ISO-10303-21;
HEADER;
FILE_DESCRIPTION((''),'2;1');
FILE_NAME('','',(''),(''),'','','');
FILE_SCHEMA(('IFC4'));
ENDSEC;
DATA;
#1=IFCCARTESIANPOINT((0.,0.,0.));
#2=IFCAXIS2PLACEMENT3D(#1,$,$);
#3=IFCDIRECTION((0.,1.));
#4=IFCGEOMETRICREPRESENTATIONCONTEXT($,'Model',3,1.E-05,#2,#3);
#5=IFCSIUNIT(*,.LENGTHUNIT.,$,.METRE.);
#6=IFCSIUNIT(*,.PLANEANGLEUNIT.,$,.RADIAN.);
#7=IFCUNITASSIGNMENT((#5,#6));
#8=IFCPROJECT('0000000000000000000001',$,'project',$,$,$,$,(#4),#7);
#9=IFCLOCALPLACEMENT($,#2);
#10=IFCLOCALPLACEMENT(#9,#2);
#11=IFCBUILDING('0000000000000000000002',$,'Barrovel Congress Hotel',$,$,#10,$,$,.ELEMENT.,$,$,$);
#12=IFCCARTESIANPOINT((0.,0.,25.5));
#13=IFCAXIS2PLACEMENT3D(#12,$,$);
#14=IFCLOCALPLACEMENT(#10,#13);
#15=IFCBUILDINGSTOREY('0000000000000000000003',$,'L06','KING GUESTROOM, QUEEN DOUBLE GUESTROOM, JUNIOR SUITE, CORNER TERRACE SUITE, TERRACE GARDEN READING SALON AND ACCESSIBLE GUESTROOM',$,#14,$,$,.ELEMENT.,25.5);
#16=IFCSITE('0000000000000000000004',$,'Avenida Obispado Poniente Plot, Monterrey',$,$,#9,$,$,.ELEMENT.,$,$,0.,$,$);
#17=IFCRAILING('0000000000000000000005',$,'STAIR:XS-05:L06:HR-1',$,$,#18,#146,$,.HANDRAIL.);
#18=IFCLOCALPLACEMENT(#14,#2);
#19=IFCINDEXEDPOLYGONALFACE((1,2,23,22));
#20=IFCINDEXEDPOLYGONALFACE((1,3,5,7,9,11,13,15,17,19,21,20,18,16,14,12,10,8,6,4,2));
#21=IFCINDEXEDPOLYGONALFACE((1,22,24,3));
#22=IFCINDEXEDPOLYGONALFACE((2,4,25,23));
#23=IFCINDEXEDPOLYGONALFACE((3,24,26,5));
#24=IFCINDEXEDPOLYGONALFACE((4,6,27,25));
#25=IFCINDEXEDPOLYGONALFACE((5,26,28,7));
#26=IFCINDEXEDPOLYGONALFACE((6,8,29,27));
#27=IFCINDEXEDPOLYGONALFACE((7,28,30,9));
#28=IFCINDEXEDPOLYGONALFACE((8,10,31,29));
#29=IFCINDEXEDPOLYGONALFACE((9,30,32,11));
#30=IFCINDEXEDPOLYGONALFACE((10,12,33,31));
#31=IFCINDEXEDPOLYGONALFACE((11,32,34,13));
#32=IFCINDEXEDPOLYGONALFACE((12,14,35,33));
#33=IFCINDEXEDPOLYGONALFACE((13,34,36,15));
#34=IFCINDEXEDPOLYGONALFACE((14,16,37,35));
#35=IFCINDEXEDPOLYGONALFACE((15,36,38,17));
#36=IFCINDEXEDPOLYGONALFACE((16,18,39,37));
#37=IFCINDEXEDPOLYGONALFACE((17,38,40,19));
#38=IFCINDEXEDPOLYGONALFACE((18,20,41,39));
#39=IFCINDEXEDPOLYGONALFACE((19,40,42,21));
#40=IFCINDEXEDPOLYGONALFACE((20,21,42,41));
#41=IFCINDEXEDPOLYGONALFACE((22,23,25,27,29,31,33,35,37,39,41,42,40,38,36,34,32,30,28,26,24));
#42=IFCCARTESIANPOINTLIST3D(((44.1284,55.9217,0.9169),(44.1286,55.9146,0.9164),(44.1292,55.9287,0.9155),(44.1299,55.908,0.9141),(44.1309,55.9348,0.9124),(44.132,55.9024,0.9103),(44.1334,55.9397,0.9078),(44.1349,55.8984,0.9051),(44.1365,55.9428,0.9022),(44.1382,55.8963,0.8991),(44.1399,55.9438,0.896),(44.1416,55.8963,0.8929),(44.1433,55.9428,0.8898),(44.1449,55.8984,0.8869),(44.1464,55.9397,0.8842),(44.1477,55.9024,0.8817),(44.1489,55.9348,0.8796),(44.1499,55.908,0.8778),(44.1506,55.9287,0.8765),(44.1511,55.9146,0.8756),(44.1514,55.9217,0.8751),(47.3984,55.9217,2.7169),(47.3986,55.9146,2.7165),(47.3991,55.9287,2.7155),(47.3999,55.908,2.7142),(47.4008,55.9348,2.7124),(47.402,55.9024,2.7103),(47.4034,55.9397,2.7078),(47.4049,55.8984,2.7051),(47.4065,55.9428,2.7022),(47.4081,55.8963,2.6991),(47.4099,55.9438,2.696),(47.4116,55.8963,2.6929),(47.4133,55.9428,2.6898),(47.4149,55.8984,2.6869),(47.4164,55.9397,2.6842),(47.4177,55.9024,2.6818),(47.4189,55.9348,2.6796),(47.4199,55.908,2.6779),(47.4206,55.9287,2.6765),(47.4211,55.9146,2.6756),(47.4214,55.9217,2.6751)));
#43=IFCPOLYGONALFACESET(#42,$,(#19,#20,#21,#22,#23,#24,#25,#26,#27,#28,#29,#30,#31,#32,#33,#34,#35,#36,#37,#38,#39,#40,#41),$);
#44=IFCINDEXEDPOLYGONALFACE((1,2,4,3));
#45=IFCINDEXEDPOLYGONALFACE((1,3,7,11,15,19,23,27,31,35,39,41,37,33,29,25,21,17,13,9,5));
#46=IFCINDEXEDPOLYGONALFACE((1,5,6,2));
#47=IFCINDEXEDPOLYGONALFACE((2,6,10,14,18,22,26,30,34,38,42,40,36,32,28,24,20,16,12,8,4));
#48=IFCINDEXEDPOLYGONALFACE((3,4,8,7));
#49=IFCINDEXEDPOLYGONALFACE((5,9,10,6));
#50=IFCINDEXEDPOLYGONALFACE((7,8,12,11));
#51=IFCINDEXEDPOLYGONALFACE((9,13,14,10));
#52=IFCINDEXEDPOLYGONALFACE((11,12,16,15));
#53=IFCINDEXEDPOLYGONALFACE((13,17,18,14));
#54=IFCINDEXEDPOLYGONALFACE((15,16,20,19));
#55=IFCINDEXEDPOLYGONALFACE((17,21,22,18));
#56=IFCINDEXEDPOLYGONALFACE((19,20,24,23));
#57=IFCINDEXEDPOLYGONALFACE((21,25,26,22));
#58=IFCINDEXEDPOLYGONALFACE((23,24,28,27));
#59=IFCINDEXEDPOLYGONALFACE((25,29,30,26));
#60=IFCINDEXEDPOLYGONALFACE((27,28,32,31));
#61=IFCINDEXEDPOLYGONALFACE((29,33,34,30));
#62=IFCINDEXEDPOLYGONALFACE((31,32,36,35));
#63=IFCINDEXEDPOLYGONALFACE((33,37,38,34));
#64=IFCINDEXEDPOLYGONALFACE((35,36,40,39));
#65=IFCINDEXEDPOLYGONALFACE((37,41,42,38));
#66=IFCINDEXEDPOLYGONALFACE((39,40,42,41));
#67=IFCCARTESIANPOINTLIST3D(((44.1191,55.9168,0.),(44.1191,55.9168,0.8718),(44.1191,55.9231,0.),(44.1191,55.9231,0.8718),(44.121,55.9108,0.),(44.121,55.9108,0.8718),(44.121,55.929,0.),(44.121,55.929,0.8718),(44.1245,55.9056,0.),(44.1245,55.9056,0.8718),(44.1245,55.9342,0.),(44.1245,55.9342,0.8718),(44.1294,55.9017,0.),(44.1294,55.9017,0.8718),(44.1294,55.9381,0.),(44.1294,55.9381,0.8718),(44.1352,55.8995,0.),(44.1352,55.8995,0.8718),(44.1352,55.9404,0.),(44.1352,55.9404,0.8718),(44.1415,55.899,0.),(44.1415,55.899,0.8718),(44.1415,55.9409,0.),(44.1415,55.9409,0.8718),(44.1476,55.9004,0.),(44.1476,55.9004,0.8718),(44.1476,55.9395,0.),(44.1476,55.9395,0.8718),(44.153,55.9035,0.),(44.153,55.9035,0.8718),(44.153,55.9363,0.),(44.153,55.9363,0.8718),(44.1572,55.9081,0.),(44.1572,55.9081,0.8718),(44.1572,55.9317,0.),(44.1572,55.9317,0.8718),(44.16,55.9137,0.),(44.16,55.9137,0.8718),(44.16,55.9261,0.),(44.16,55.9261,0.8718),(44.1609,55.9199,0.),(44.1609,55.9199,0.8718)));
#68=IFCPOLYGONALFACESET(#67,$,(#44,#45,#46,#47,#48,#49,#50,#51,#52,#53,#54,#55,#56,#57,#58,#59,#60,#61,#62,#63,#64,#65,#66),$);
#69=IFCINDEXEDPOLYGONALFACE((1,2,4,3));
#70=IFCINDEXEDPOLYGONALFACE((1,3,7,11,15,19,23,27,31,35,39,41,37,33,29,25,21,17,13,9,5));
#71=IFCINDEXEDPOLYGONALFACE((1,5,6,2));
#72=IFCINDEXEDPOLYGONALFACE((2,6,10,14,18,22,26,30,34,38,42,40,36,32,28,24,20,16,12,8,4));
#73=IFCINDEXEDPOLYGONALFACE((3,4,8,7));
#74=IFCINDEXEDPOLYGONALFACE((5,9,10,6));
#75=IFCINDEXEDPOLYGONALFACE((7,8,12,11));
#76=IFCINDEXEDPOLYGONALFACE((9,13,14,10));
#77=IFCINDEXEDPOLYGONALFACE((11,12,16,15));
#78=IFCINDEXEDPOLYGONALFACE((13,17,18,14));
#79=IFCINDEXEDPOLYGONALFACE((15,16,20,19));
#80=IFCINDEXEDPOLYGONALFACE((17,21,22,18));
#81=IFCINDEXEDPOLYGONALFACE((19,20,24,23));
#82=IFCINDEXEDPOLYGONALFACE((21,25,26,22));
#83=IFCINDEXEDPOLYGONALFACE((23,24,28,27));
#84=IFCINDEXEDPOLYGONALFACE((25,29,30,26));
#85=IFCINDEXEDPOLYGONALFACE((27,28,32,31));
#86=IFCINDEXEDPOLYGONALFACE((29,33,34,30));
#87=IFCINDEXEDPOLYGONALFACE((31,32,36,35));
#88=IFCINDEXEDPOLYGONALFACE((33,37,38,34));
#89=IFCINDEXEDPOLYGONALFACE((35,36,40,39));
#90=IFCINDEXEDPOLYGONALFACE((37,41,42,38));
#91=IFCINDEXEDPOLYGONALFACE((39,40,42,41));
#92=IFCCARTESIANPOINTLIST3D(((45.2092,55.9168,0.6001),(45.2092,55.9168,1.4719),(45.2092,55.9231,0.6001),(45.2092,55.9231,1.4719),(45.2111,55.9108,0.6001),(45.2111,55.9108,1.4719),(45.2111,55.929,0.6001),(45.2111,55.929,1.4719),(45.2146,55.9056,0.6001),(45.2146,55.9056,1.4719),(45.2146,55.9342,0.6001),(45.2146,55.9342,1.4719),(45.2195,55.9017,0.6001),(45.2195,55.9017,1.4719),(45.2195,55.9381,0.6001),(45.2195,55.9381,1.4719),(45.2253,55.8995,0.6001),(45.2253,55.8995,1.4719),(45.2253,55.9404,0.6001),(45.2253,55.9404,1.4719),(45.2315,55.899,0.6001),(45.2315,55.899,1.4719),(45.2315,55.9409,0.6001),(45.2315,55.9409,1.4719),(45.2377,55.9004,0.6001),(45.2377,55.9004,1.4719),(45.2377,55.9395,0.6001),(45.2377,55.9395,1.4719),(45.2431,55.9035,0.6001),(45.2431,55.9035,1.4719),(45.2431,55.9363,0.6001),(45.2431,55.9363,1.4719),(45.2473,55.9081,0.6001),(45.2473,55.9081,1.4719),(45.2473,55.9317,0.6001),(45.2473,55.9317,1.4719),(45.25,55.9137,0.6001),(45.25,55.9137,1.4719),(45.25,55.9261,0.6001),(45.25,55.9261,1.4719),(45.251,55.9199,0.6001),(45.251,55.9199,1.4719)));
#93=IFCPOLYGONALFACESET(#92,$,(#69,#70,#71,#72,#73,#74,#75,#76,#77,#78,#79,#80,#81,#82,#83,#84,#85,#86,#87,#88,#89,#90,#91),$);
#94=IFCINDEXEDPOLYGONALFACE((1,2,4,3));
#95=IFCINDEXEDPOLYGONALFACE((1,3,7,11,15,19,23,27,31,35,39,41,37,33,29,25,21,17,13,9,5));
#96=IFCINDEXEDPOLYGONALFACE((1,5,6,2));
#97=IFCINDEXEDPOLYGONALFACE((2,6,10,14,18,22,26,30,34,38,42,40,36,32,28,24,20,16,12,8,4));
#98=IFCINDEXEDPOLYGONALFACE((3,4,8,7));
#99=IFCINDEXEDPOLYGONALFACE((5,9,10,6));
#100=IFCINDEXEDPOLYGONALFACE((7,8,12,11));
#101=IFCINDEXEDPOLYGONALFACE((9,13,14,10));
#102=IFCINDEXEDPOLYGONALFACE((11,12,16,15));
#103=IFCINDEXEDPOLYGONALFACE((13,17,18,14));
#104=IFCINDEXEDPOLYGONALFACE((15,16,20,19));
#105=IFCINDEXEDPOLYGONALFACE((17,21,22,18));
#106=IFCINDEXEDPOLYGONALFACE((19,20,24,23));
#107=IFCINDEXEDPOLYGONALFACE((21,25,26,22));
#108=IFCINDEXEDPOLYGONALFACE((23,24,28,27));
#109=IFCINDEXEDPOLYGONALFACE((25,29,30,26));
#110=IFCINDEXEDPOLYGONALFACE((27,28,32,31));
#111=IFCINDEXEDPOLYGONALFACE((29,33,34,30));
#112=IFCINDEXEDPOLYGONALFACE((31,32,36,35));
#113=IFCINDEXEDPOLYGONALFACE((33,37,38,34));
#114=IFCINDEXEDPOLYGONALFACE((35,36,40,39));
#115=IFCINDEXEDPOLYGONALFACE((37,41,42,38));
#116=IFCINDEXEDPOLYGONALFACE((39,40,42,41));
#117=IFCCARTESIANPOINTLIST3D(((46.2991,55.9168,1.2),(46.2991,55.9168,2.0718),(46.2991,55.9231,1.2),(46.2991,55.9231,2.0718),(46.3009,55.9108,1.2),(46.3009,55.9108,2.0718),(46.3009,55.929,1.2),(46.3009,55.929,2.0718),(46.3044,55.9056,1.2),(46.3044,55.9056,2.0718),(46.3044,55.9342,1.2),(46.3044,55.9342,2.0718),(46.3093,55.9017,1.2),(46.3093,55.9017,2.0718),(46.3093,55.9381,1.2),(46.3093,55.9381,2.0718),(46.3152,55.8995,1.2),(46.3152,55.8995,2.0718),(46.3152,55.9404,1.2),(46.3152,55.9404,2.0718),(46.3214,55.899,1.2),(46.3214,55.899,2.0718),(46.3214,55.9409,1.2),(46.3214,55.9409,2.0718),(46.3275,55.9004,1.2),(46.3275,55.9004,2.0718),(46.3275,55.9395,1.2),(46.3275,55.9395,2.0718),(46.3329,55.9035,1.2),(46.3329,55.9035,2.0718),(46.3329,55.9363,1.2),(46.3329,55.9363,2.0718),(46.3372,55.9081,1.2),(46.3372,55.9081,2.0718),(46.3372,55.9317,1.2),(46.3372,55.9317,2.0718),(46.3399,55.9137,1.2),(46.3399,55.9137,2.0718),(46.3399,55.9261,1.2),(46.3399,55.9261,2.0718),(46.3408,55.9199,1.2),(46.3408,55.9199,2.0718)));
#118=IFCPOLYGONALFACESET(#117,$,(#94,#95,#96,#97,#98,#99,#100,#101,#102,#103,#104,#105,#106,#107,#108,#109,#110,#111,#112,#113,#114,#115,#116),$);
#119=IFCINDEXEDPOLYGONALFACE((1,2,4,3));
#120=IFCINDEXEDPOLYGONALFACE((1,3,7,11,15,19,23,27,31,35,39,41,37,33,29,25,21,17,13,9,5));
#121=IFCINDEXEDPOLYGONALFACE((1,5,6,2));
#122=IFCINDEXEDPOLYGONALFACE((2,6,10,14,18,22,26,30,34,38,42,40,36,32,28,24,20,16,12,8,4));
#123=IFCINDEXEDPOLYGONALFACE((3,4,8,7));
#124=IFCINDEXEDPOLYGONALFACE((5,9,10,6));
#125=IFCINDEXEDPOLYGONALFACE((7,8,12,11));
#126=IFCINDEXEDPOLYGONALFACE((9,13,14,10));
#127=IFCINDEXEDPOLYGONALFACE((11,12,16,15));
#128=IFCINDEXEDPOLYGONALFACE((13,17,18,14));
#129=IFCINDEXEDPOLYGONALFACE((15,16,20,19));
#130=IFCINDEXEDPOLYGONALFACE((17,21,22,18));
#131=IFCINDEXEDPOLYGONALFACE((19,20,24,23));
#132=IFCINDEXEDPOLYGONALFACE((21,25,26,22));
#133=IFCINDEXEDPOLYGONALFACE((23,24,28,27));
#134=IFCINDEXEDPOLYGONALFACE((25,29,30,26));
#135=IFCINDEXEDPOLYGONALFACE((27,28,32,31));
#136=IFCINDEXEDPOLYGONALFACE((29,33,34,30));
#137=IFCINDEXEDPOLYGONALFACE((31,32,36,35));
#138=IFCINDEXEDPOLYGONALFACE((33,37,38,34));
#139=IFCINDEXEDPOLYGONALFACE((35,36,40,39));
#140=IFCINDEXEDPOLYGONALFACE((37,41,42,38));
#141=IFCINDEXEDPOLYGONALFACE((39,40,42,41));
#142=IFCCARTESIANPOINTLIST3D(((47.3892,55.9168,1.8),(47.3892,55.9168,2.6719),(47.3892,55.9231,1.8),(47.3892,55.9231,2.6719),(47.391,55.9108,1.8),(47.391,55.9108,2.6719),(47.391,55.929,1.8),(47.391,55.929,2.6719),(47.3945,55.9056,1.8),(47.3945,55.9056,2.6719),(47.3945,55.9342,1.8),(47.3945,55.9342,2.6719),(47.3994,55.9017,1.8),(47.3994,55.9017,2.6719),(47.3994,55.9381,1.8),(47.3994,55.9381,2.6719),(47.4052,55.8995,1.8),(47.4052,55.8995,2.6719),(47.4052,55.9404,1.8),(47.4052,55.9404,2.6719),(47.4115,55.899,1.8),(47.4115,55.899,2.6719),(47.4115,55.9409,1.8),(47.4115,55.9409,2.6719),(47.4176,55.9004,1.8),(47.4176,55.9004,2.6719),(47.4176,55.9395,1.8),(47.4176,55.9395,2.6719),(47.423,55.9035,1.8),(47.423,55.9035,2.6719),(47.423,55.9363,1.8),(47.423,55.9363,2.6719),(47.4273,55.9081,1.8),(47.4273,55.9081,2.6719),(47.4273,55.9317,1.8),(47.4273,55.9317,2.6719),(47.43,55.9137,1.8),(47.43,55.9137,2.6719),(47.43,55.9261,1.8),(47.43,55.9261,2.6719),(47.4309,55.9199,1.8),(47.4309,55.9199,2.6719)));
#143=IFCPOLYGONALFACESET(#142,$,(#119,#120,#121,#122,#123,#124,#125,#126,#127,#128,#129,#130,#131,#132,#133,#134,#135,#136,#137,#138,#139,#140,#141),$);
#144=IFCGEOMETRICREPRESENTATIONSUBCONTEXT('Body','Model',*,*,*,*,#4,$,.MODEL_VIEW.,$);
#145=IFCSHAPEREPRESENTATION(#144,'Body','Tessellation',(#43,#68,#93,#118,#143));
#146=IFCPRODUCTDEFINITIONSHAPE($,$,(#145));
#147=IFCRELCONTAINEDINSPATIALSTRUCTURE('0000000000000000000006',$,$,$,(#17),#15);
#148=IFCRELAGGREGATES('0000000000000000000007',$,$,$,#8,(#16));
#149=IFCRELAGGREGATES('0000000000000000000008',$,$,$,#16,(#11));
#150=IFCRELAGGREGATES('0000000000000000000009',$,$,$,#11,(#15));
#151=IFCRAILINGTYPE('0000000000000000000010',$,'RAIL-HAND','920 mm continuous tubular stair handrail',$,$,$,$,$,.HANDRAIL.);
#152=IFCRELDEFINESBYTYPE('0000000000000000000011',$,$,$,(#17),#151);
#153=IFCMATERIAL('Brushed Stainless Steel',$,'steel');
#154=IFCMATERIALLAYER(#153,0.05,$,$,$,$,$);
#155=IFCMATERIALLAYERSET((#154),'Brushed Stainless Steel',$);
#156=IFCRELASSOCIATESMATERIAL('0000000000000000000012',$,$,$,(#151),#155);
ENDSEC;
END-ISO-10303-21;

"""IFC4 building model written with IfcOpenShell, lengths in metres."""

from ifc_helpers import new_model, si_unit, direction, frame, origin, origin_2d, place, context, subcontext, project, spatial, circle, extrude, material, layer, layer_set, type_object, element, save


model = new_model("IFC4")

# Units and contexts
model_context = context("Model", 3, precision=1e-05, world=origin(), true_north=direction((0.0, 1.0)))
body_context = subcontext(model_context, "Body", "Model", "MODEL_VIEW")
ifc_project = project(units=[si_unit("LENGTHUNIT", "METRE"), si_unit("PLANEANGLEUNIT", "RADIAN")], contexts=[model_context])

# Site, building, storey
site_placement = place(None, origin())
site = spatial("IfcSite", under=ifc_project, at=site_placement, Name="Avenida Obispado Poniente Plot, Monterrey", CompositionType="ELEMENT", RefElevation=0.0)
building_placement = place(site_placement, origin())
building = spatial("IfcBuilding", under=site, at=building_placement, Name="Barrovel Congress Hotel", CompositionType="ELEMENT")
storey_placement = place(building_placement, frame((0.0, 0.0, 25.5)))
storey = spatial("IfcBuildingStorey", under=building, at=storey_placement, Name="L06", Description="KING GUESTROOM, QUEEN DOUBLE GUESTROOM, JUNIOR SUITE, CORNER TERRACE SUITE, TERRACE GARDEN READING SALON AND ACCESSIBLE GUESTROOM", CompositionType="ELEMENT", Elevation=25.5)

# Railing
ifc_material_1 = material(Name="Brushed Stainless Steel", Category="steel")
ifc_layer_1 = layer(ifc_material_1, 0.05)
ifc_layer_set_1 = layer_set([ifc_layer_1], Name="Brushed Stainless Steel")
railing_type_1 = type_object("IfcRailingType", Name="RAIL-HAND", Description="920 mm continuous tubular stair handrail", PredefinedType="HANDRAIL", material=ifc_layer_set_1)
railing_1_placement = place(storey_placement, frame((44.1399, 55.9199, 0.0)))
element("IfcRailing", 1, at=railing_1_placement, inside=storey, type_object=railing_type_1, Name="STAIR:XS-05:L06:HR-1", PredefinedType="HANDRAIL", context=body_context, shape_type="SweptSolid", body=[
    extrude(circle(Radius=0.0239, at=origin_2d()), frame((0.0, 0.0, 0.896), z_axis=(0.876042, 0.0, 0.482235), x_axis=(0.0, 1.0, 0.0)), (0.0, 0.0, 1.0), 3.7327),
    extrude(circle(Radius=0.021, at=origin_2d()), origin(), (0.0, 0.0, 1.0), 0.8718),
    extrude(circle(Radius=0.021, at=origin_2d()), frame((1.0901, 0.0, 0.6001)), (0.0, 0.0, 1.0), 0.8718),
    extrude(circle(Radius=0.021, at=origin_2d()), frame((2.1799, 0.0, 1.2)), (0.0, 0.0, 1.0), 0.8718),
    extrude(circle(Radius=0.021, at=origin_2d()), frame((3.27, 0.0, 1.8)), (0.0, 0.0, 1.0), 0.8718),
])

save(model, "model.ifc")
